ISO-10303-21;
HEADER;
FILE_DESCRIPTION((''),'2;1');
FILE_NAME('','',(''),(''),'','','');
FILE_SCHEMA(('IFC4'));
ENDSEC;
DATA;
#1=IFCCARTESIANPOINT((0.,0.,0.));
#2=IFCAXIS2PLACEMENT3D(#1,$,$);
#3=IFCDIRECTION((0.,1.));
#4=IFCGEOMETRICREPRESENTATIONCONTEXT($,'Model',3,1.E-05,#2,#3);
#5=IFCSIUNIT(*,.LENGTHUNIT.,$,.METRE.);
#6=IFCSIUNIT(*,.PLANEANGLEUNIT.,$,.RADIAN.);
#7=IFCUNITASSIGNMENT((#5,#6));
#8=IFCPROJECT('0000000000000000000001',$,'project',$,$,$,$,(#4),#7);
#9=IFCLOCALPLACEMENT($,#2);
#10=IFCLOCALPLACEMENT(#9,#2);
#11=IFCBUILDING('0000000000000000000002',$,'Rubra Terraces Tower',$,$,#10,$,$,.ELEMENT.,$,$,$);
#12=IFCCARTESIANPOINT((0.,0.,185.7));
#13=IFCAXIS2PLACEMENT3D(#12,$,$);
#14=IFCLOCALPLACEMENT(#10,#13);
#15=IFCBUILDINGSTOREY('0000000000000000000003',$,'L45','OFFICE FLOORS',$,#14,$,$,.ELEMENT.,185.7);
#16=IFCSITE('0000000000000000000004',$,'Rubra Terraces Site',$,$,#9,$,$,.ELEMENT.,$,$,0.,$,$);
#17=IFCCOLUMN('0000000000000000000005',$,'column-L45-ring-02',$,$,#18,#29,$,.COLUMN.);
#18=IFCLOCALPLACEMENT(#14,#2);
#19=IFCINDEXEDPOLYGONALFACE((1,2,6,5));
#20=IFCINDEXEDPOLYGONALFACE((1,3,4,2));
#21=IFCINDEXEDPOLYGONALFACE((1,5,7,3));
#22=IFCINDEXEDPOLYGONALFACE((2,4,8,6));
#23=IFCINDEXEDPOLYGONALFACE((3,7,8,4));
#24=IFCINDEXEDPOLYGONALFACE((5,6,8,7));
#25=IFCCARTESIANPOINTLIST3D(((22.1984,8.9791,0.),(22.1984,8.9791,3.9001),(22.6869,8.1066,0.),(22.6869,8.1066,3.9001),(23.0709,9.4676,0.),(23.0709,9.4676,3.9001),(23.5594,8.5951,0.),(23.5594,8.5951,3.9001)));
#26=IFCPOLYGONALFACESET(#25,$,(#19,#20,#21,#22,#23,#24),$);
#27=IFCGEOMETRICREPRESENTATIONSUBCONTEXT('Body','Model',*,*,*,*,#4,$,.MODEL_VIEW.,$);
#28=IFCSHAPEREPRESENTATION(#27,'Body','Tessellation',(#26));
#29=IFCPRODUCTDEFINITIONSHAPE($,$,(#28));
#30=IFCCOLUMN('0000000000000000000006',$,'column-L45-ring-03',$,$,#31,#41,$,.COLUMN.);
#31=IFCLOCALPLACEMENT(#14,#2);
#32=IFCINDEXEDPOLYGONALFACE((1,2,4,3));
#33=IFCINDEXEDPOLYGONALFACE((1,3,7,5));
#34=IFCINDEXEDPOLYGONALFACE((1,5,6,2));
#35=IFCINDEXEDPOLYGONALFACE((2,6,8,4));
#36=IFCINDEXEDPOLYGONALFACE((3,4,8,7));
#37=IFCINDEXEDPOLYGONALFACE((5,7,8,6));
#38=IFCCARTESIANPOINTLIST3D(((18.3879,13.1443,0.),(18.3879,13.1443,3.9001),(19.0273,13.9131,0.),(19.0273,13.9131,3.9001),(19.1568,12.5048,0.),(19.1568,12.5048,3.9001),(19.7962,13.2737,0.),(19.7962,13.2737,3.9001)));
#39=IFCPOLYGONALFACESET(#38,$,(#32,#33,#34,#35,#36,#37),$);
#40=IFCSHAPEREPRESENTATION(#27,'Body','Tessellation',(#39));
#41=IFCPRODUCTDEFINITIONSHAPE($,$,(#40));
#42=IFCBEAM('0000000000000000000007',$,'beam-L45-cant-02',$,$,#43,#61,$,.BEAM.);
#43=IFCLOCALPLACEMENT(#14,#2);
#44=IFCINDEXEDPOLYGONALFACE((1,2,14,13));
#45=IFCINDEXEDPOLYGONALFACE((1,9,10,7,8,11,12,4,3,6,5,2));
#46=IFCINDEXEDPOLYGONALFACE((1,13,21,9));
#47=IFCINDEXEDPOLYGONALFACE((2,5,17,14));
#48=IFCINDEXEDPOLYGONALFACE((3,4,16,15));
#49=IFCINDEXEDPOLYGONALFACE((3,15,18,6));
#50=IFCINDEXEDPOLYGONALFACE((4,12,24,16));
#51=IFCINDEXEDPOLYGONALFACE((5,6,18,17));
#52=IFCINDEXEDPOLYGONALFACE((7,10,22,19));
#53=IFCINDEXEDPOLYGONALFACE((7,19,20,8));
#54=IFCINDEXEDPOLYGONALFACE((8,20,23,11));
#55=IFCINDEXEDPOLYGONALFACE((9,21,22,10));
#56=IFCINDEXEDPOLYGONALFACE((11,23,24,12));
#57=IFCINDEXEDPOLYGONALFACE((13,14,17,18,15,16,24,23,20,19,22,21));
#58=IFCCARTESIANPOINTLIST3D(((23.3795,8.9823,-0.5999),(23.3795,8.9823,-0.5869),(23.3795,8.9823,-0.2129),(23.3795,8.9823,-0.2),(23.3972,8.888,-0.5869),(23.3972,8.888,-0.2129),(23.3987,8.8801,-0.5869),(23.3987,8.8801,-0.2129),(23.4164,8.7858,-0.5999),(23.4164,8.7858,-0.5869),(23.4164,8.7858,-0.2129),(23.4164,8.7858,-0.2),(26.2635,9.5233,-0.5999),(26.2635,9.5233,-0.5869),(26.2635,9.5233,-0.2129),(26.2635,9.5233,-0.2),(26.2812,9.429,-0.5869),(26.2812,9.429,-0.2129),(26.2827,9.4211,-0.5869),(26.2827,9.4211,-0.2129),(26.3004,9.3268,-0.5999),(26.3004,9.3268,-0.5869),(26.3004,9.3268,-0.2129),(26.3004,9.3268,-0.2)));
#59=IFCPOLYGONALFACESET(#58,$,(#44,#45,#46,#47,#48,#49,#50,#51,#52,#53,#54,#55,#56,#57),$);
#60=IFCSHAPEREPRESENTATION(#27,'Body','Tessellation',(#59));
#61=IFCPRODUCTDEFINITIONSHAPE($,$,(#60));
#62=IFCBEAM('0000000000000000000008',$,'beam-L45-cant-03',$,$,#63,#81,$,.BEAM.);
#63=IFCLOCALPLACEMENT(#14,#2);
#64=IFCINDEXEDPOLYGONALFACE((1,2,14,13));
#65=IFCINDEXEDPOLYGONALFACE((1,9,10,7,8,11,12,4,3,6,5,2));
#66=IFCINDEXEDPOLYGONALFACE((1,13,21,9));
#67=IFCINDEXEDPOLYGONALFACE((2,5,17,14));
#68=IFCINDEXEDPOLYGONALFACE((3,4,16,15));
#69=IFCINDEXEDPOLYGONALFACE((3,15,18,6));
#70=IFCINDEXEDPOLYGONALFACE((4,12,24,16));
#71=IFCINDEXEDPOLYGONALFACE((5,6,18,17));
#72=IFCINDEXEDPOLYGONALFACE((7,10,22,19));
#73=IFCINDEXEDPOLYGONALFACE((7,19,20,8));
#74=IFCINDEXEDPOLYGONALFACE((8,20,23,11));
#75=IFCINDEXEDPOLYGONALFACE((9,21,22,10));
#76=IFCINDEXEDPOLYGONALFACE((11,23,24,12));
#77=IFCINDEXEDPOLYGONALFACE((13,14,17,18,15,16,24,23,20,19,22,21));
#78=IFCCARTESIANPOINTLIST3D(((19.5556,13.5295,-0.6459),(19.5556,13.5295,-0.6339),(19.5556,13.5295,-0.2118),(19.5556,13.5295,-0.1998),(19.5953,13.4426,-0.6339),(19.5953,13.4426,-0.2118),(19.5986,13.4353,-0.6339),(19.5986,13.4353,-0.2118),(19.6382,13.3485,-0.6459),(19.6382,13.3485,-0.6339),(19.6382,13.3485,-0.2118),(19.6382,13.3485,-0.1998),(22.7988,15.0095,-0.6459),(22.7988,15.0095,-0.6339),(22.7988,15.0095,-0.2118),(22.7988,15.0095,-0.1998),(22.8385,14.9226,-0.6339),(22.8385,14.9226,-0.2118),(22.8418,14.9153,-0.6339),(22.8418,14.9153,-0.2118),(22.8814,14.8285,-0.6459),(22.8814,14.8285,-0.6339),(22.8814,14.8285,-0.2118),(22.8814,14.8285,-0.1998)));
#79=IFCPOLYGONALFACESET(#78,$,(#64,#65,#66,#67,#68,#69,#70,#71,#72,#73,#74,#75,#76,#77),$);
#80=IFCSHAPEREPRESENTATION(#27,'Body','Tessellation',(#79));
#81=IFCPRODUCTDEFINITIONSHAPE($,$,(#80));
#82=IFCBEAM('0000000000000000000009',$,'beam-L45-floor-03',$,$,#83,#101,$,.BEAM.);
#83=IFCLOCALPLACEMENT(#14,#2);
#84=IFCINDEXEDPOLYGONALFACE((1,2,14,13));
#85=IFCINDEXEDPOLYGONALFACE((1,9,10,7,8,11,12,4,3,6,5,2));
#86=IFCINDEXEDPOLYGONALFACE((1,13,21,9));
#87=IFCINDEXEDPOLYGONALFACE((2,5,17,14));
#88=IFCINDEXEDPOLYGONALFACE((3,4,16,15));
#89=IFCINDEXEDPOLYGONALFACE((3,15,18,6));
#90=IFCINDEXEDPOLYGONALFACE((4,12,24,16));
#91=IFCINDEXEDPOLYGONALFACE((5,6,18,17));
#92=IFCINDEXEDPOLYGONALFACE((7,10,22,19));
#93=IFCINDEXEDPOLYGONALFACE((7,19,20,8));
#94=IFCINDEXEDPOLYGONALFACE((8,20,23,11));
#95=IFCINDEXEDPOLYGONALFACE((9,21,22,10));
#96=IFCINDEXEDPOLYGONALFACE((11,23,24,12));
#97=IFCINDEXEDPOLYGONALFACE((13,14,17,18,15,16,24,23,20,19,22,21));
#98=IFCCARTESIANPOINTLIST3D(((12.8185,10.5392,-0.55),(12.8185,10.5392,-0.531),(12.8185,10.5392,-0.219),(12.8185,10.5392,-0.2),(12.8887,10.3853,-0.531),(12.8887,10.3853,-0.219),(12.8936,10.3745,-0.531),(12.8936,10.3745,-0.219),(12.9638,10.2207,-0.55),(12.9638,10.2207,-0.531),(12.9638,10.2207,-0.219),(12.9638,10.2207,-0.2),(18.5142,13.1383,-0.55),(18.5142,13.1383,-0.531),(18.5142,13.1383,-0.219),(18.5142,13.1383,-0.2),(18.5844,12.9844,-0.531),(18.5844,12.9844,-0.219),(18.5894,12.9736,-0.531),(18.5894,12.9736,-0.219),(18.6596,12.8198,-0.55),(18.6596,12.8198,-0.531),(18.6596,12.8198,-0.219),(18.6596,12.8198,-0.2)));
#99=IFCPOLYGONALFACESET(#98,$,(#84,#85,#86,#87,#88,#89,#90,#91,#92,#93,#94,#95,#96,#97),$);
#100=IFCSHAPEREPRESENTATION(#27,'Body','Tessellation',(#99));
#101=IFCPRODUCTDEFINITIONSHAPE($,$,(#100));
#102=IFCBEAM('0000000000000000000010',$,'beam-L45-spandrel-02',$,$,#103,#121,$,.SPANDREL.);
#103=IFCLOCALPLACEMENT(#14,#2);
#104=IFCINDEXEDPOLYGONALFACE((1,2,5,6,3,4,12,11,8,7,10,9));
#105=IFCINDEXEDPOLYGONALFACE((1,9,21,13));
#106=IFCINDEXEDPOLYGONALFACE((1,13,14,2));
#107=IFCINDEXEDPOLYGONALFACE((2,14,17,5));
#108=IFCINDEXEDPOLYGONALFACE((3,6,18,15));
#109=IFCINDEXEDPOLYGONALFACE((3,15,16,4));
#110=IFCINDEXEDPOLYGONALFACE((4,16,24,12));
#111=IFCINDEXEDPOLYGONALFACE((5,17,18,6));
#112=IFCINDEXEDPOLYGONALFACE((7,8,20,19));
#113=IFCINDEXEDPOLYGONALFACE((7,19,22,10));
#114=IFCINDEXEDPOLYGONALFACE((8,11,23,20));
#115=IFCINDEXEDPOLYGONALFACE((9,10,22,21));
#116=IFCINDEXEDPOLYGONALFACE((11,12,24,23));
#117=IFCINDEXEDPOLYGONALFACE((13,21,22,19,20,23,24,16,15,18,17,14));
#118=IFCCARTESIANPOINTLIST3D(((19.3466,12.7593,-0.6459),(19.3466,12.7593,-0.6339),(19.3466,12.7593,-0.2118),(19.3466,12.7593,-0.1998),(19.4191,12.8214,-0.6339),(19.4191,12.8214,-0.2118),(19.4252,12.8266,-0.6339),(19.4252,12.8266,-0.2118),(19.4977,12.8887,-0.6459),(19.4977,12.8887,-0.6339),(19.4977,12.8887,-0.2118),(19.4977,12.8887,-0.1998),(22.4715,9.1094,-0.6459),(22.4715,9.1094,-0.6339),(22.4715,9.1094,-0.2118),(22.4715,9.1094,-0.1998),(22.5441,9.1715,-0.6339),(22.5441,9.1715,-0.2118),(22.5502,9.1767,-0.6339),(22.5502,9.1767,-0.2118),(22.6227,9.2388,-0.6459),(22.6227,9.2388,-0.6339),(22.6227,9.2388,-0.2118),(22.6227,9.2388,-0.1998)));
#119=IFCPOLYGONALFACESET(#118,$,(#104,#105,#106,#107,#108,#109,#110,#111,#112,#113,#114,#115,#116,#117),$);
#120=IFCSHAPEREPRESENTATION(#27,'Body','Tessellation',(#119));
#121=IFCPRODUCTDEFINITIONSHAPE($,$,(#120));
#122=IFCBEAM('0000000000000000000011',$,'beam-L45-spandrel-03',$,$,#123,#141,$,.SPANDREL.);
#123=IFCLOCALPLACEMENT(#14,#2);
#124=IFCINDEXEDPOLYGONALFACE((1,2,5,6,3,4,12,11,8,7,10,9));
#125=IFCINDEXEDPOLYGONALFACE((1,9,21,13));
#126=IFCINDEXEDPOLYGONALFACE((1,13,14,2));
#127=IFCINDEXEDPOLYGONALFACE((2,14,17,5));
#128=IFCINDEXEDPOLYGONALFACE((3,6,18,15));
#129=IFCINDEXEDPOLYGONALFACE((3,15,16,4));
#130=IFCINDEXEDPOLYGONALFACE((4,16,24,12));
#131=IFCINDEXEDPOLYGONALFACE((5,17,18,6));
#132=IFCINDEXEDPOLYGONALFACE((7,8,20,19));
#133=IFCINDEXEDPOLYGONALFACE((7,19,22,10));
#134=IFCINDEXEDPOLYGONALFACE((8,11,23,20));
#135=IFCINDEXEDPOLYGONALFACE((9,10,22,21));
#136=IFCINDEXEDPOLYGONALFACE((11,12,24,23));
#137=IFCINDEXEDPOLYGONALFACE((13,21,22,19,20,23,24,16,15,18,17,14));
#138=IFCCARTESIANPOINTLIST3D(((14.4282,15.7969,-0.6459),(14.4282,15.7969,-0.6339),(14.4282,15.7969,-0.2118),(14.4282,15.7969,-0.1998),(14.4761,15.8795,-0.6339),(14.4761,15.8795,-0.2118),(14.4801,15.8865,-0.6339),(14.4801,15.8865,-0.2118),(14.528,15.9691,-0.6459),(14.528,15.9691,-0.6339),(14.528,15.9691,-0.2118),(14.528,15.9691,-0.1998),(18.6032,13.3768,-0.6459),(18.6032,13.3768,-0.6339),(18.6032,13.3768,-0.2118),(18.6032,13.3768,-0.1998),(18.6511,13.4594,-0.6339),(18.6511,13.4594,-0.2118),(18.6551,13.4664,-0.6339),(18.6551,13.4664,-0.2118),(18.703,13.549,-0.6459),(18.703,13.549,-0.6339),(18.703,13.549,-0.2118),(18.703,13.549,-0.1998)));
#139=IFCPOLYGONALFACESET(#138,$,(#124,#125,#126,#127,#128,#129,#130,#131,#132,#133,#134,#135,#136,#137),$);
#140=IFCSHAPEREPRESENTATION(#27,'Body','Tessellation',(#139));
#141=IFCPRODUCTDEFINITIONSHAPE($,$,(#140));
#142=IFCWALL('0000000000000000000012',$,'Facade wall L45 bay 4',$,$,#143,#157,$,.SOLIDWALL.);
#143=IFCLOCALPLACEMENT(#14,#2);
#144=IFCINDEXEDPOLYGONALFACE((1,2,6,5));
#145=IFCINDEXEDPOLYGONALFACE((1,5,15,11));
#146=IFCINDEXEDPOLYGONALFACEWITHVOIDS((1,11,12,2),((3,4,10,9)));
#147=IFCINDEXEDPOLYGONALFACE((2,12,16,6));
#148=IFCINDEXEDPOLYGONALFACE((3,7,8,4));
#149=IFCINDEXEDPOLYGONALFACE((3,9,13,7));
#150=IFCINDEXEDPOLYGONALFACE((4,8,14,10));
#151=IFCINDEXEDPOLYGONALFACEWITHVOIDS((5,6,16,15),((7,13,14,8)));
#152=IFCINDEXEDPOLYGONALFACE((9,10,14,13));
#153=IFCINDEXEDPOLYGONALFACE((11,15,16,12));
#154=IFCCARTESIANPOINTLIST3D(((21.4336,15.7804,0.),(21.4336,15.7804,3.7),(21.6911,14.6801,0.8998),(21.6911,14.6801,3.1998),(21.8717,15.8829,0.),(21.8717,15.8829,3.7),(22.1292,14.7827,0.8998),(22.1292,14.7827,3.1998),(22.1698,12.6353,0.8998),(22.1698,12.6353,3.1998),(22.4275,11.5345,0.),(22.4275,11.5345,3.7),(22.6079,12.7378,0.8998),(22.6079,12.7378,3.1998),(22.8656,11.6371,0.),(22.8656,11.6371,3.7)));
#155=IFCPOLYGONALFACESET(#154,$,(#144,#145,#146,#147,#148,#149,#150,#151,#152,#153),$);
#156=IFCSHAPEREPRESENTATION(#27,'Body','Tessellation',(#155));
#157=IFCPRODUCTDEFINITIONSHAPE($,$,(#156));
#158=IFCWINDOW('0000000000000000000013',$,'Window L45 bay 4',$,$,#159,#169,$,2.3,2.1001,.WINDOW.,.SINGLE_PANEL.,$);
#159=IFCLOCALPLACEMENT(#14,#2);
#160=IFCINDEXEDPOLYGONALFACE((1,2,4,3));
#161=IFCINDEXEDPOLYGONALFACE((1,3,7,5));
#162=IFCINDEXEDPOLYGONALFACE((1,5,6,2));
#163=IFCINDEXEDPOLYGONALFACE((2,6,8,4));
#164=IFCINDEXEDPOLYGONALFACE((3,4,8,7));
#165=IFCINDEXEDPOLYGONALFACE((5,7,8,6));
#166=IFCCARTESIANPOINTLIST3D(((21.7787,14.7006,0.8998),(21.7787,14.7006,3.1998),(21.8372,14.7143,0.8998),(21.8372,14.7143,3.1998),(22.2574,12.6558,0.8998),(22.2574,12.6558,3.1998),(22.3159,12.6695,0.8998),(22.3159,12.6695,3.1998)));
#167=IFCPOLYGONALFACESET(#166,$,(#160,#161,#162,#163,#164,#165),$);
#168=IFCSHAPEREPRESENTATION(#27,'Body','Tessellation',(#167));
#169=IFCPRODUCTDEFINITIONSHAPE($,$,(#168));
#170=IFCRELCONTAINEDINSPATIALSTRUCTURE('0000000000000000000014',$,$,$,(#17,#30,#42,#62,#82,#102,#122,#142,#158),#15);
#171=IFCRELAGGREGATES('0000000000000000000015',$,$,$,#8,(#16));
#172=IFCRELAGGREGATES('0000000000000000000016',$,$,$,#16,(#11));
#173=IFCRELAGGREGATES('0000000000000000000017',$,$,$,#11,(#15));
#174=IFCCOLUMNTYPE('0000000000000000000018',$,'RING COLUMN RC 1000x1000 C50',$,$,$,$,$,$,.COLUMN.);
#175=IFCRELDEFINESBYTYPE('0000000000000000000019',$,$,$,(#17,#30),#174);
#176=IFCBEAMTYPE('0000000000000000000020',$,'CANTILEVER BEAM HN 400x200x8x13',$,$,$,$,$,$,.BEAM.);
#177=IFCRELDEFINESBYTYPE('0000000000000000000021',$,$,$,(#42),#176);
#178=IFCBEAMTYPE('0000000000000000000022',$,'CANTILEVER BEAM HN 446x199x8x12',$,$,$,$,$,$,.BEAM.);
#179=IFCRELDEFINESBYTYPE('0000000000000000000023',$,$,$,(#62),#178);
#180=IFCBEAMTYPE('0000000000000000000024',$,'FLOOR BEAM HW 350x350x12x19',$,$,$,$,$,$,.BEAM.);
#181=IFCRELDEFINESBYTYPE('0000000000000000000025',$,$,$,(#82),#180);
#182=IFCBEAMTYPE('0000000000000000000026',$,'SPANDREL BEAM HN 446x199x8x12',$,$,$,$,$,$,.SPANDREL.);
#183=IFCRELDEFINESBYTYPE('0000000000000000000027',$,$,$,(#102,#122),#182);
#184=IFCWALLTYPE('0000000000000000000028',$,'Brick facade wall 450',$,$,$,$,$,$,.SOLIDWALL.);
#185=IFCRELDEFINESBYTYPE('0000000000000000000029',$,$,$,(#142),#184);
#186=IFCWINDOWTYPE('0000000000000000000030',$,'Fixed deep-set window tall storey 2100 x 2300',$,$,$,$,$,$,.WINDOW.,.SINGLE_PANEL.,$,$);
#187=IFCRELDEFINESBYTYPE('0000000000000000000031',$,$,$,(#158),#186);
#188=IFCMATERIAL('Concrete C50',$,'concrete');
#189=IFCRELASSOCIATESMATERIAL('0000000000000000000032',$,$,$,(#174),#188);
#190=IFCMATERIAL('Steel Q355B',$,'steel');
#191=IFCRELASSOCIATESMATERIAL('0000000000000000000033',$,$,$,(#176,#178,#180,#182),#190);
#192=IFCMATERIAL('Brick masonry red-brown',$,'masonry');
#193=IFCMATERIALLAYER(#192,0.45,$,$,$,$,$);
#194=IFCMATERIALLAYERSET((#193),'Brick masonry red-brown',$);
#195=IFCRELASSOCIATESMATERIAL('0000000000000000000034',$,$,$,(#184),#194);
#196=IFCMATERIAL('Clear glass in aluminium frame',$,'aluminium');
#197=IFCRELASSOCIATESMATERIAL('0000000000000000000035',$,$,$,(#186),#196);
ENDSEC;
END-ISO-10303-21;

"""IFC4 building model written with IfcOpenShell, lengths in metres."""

from ifc_helpers import new_model, si_unit, direction, frame, frame_2d, origin, origin_2d, place, context, subcontext, project, spatial, rectangle, i_section, extrude, material, layer, layer_set, material_profile, profile_set, type_object, element, fill, save


model = new_model("IFC4")

# Units and contexts
model_context = context("Model", 3, precision=1e-05, world=origin(), true_north=direction((0.0, 1.0)))
body_context = subcontext(model_context, "Body", "Model", "MODEL_VIEW")
ifc_project = project(units=[si_unit("LENGTHUNIT", "METRE"), si_unit("PLANEANGLEUNIT", "RADIAN")], contexts=[model_context])

# Site, building, storey
site_placement = place(None, origin())
site = spatial("IfcSite", under=ifc_project, at=site_placement, Name="Rubra Terraces Site", CompositionType="ELEMENT", RefElevation=0.0)
building_placement = place(site_placement, origin())
building = spatial("IfcBuilding", under=site, at=building_placement, Name="Rubra Terraces Tower", CompositionType="ELEMENT")
storey_placement = place(building_placement, frame((0.0, 0.0, 185.7)))
storey = spatial("IfcBuildingStorey", under=building, at=storey_placement, Name="L45", Description="OFFICE FLOORS", CompositionType="ELEMENT", Elevation=185.7)

# Columns
ifc_material_1 = material(Name="Concrete C50", Category="concrete")
ifc_material_profile_1 = material_profile(ifc_material_1, rectangle(XDim=1.0, YDim=1.0, at=origin_2d()), Name="RC 1000x1000")
ifc_profile_set_1 = profile_set([ifc_material_profile_1], Name="Concrete C50")
column_type = type_object("IfcColumnType", Name="RING COLUMN RC 1000x1000 C50", PredefinedType="COLUMN", material=ifc_profile_set_1)
for number, where, z_axis, x_axis, name in (
    (1, (22.8789, 8.7871, 0.0), (0.0, 0.0, 1.0), (-0.488526, 0.872549, 0.0), "column-L45-ring-02"),
    (2, (19.092, 13.209, 0.0), (0.0, 0.0, 1.0), (-0.76887, 0.639405, 0.0), "column-L45-ring-03"),
):
    element("IfcColumn", number, at=place(storey_placement, frame(where, z_axis=z_axis, x_axis=x_axis)), inside=storey, type_object=column_type, Name=name, PredefinedType="COLUMN", context=body_context, shape_type="SweptSolid", body=[
        extrude(rectangle(XDim=1.0, YDim=1.0, at=origin_2d()), origin(), (0.0, 0.0, 1.0), 3.9001),
    ])

# Beams
ifc_material_2 = material(Name="Steel Q355B", Category="steel")
ifc_material_profile_2 = material_profile(ifc_material_2, i_section(OverallWidth=0.2, OverallDepth=0.3999, WebThickness=0.0081, FlangeThickness=0.0129, at=origin_2d()), Name="HN 400x200x8x13")
ifc_profile_set_2 = profile_set([ifc_material_profile_2], Name="Steel Q355B")
beam_type_1 = type_object("IfcBeamType", Name="CANTILEVER BEAM HN 400x200x8x13", PredefinedType="BEAM", material=ifc_profile_set_2)
beam_1_placement = place(storey_placement, frame((23.3979, 8.884, -0.3999), z_axis=(0.982856, 0.184374, 0.0), x_axis=(-0.184374, 0.982856, 0.0)))
element("IfcBeam", 3, at=beam_1_placement, inside=storey, type_object=beam_type_1, Name="beam-L45-cant-02", PredefinedType="BEAM", context=body_context, shape_type="SweptSolid", body=[
    extrude(i_section(OverallWidth=0.2, OverallDepth=0.3999, WebThickness=0.0081, FlangeThickness=0.0129, at=origin_2d()), origin(), (0.0, 0.0, 1.0), 2.9343),
])
ifc_material_profile_3 = material_profile(ifc_material_2, i_section(OverallWidth=0.199, OverallDepth=0.446, WebThickness=0.0081, FlangeThickness=0.012, at=origin_2d()), Name="HN 446x199x8x12")
ifc_profile_set_3 = profile_set([ifc_material_profile_3], Name="Steel Q355B")
beam_type_2 = type_object("IfcBeamType", Name="CANTILEVER BEAM HN 446x199x8x12", PredefinedType="BEAM", material=ifc_profile_set_3)
beam_2_placement = place(storey_placement, frame((19.5969, 13.439, -0.4229), z_axis=(0.909751, 0.415154, 0.0), x_axis=(-0.415154, 0.909751, 0.0)))
element("IfcBeam", 4, at=beam_2_placement, inside=storey, type_object=beam_type_2, Name="beam-L45-cant-03", PredefinedType="BEAM", context=body_context, shape_type="SweptSolid", body=[
    extrude(i_section(OverallWidth=0.199, OverallDepth=0.446, WebThickness=0.0081, FlangeThickness=0.012, at=origin_2d()), origin(), (0.0, 0.0, 1.0), 3.5649),
])
ifc_material_profile_4 = material_profile(ifc_material_2, i_section(OverallWidth=0.3501, OverallDepth=0.3501, WebThickness=0.012, FlangeThickness=0.019, at=origin_2d()), Name="HW 350x350x12x19")
ifc_profile_set_4 = profile_set([ifc_material_profile_4], Name="Steel Q355B")
beam_type_3 = type_object("IfcBeamType", Name="FLOOR BEAM HW 350x350x12x19", PredefinedType="BEAM", material=ifc_profile_set_4)
beam_3_placement = place(storey_placement, frame((18.5869, 12.979, -0.375), z_axis=(-0.909757, -0.415142, 0.0), x_axis=(0.415142, -0.909757, 0.0)))
element("IfcBeam", 5, at=beam_3_placement, inside=storey, type_object=beam_type_3, Name="beam-L45-floor-03", PredefinedType="BEAM", context=body_context, shape_type="SweptSolid", body=[
    extrude(i_section(OverallWidth=0.3501, OverallDepth=0.3501, WebThickness=0.012, FlangeThickness=0.019, at=origin_2d()), origin(), (0.0, 0.0, 1.0), 6.2607),
])
ifc_material_profile_5 = material_profile(ifc_material_2, i_section(OverallWidth=0.199, OverallDepth=0.446, WebThickness=0.0081, FlangeThickness=0.012, at=origin_2d()), Name="HN 446x199x8x12")
ifc_profile_set_5 = profile_set([ifc_material_profile_5], Name="Steel Q355B")
beam_type_4 = type_object("IfcBeamType", Name="SPANDREL BEAM HN 446x199x8x12", PredefinedType="SPANDREL", material=ifc_profile_set_5)
beam_4_placement = place(storey_placement, frame((22.5471, 9.1741, -0.4229), z_axis=(-0.650373, 0.759615, 0.0), x_axis=(-0.759615, -0.650373, 0.0)))
element("IfcBeam", 6, at=beam_4_placement, inside=storey, type_object=beam_type_4, Name="beam-L45-spandrel-02", PredefinedType="SPANDREL", context=body_context, shape_type="SweptSolid", body=[
    extrude(i_section(OverallWidth=0.199, OverallDepth=0.446, WebThickness=0.0081, FlangeThickness=0.012, at=origin_2d()), origin(), (0.0, 0.0, 1.0), 4.8049),
])
beam_5_placement = place(storey_placement, frame((18.6531, 13.4629, -0.4229), z_axis=(-0.865154, 0.501507, 0.0), x_axis=(-0.501507, -0.865154, 0.0)))
element("IfcBeam", 7, at=beam_5_placement, inside=storey, type_object=beam_type_4, Name="beam-L45-spandrel-03", PredefinedType="SPANDREL", context=body_context, shape_type="SweptSolid", body=[
    extrude(i_section(OverallWidth=0.199, OverallDepth=0.446, WebThickness=0.0081, FlangeThickness=0.012, at=origin_2d()), origin(), (0.0, 0.0, 1.0), 4.8257),
])

# Wall, opening, window
ifc_material_3 = material(Name="Brick masonry red-brown", Category="masonry")
ifc_layer_1 = layer(ifc_material_3, 0.45)
ifc_layer_set_1 = layer_set([ifc_layer_1], Name="Brick masonry red-brown")
wall_type_1 = type_object("IfcWallType", Name="Brick facade wall 450", PredefinedType="SOLIDWALL", material=ifc_layer_set_1)
wall_1_placement = place(storey_placement, frame((22.6465, 11.5859, 0.0), z_axis=(0.0, 0.0, 1.0), x_axis=(-0.227925, 0.973679, 0.0)))
wall_1 = element("IfcWall", 8, at=wall_1_placement, inside=storey, type_object=wall_type_1, Name="Facade wall L45 bay 4", PredefinedType="SOLIDWALL", context=body_context, shape_type="SweptSolid", body=[
    extrude(rectangle(XDim=4.3606, YDim=0.45, at=frame_2d((2.1802, 0.0))), origin(), (0.0, 0.0, 1.0), 3.7),
])
opening_1_placement = place(wall_1_placement, frame((1.1304, 0.0, 0.8999)))
opening_1 = element("IfcOpeningElement", 9, at=opening_1_placement, cuts=wall_1, PredefinedType="OPENING", context=body_context, shape_type="SweptSolid", body=[
    extrude(rectangle(XDim=2.1001, YDim=2.3, at=frame_2d((1.05, 1.1499))), frame((0.0, 0.2349, 0.0), z_axis=(0.0, -1.0, 0.0), x_axis=(1.0, 0.0, 0.0)), (0.0, 0.0, 1.0), 0.47),
])
ifc_material_4 = material(Name="Clear glass in aluminium frame", Category="aluminium")
window_type = type_object("IfcWindowType", Name="Fixed deep-set window tall storey 2100 x 2300", PartitioningType="SINGLE_PANEL", PredefinedType="WINDOW", material=ifc_material_4)
window_1_placement = place(opening_1_placement, origin())
window_1 = element("IfcWindow", 10, at=window_1_placement, inside=storey, type_object=window_type, Name="Window L45 bay 4", OverallHeight=2.3, OverallWidth=2.1001, PartitioningType="SINGLE_PANEL", PredefinedType="WINDOW", context=body_context, shape_type="SweptSolid", body=[
    extrude(rectangle(XDim=2.1001, YDim=2.3, at=frame_2d((1.05, 1.1499))), frame((0.0, 0.135, 0.0), z_axis=(0.0, -1.0, 0.0), x_axis=(1.0, 0.0, 0.0)), (0.0, 0.0, 1.0), 0.0601),
])
fill(opening_1, window_1)

save(model, "model.ifc")
